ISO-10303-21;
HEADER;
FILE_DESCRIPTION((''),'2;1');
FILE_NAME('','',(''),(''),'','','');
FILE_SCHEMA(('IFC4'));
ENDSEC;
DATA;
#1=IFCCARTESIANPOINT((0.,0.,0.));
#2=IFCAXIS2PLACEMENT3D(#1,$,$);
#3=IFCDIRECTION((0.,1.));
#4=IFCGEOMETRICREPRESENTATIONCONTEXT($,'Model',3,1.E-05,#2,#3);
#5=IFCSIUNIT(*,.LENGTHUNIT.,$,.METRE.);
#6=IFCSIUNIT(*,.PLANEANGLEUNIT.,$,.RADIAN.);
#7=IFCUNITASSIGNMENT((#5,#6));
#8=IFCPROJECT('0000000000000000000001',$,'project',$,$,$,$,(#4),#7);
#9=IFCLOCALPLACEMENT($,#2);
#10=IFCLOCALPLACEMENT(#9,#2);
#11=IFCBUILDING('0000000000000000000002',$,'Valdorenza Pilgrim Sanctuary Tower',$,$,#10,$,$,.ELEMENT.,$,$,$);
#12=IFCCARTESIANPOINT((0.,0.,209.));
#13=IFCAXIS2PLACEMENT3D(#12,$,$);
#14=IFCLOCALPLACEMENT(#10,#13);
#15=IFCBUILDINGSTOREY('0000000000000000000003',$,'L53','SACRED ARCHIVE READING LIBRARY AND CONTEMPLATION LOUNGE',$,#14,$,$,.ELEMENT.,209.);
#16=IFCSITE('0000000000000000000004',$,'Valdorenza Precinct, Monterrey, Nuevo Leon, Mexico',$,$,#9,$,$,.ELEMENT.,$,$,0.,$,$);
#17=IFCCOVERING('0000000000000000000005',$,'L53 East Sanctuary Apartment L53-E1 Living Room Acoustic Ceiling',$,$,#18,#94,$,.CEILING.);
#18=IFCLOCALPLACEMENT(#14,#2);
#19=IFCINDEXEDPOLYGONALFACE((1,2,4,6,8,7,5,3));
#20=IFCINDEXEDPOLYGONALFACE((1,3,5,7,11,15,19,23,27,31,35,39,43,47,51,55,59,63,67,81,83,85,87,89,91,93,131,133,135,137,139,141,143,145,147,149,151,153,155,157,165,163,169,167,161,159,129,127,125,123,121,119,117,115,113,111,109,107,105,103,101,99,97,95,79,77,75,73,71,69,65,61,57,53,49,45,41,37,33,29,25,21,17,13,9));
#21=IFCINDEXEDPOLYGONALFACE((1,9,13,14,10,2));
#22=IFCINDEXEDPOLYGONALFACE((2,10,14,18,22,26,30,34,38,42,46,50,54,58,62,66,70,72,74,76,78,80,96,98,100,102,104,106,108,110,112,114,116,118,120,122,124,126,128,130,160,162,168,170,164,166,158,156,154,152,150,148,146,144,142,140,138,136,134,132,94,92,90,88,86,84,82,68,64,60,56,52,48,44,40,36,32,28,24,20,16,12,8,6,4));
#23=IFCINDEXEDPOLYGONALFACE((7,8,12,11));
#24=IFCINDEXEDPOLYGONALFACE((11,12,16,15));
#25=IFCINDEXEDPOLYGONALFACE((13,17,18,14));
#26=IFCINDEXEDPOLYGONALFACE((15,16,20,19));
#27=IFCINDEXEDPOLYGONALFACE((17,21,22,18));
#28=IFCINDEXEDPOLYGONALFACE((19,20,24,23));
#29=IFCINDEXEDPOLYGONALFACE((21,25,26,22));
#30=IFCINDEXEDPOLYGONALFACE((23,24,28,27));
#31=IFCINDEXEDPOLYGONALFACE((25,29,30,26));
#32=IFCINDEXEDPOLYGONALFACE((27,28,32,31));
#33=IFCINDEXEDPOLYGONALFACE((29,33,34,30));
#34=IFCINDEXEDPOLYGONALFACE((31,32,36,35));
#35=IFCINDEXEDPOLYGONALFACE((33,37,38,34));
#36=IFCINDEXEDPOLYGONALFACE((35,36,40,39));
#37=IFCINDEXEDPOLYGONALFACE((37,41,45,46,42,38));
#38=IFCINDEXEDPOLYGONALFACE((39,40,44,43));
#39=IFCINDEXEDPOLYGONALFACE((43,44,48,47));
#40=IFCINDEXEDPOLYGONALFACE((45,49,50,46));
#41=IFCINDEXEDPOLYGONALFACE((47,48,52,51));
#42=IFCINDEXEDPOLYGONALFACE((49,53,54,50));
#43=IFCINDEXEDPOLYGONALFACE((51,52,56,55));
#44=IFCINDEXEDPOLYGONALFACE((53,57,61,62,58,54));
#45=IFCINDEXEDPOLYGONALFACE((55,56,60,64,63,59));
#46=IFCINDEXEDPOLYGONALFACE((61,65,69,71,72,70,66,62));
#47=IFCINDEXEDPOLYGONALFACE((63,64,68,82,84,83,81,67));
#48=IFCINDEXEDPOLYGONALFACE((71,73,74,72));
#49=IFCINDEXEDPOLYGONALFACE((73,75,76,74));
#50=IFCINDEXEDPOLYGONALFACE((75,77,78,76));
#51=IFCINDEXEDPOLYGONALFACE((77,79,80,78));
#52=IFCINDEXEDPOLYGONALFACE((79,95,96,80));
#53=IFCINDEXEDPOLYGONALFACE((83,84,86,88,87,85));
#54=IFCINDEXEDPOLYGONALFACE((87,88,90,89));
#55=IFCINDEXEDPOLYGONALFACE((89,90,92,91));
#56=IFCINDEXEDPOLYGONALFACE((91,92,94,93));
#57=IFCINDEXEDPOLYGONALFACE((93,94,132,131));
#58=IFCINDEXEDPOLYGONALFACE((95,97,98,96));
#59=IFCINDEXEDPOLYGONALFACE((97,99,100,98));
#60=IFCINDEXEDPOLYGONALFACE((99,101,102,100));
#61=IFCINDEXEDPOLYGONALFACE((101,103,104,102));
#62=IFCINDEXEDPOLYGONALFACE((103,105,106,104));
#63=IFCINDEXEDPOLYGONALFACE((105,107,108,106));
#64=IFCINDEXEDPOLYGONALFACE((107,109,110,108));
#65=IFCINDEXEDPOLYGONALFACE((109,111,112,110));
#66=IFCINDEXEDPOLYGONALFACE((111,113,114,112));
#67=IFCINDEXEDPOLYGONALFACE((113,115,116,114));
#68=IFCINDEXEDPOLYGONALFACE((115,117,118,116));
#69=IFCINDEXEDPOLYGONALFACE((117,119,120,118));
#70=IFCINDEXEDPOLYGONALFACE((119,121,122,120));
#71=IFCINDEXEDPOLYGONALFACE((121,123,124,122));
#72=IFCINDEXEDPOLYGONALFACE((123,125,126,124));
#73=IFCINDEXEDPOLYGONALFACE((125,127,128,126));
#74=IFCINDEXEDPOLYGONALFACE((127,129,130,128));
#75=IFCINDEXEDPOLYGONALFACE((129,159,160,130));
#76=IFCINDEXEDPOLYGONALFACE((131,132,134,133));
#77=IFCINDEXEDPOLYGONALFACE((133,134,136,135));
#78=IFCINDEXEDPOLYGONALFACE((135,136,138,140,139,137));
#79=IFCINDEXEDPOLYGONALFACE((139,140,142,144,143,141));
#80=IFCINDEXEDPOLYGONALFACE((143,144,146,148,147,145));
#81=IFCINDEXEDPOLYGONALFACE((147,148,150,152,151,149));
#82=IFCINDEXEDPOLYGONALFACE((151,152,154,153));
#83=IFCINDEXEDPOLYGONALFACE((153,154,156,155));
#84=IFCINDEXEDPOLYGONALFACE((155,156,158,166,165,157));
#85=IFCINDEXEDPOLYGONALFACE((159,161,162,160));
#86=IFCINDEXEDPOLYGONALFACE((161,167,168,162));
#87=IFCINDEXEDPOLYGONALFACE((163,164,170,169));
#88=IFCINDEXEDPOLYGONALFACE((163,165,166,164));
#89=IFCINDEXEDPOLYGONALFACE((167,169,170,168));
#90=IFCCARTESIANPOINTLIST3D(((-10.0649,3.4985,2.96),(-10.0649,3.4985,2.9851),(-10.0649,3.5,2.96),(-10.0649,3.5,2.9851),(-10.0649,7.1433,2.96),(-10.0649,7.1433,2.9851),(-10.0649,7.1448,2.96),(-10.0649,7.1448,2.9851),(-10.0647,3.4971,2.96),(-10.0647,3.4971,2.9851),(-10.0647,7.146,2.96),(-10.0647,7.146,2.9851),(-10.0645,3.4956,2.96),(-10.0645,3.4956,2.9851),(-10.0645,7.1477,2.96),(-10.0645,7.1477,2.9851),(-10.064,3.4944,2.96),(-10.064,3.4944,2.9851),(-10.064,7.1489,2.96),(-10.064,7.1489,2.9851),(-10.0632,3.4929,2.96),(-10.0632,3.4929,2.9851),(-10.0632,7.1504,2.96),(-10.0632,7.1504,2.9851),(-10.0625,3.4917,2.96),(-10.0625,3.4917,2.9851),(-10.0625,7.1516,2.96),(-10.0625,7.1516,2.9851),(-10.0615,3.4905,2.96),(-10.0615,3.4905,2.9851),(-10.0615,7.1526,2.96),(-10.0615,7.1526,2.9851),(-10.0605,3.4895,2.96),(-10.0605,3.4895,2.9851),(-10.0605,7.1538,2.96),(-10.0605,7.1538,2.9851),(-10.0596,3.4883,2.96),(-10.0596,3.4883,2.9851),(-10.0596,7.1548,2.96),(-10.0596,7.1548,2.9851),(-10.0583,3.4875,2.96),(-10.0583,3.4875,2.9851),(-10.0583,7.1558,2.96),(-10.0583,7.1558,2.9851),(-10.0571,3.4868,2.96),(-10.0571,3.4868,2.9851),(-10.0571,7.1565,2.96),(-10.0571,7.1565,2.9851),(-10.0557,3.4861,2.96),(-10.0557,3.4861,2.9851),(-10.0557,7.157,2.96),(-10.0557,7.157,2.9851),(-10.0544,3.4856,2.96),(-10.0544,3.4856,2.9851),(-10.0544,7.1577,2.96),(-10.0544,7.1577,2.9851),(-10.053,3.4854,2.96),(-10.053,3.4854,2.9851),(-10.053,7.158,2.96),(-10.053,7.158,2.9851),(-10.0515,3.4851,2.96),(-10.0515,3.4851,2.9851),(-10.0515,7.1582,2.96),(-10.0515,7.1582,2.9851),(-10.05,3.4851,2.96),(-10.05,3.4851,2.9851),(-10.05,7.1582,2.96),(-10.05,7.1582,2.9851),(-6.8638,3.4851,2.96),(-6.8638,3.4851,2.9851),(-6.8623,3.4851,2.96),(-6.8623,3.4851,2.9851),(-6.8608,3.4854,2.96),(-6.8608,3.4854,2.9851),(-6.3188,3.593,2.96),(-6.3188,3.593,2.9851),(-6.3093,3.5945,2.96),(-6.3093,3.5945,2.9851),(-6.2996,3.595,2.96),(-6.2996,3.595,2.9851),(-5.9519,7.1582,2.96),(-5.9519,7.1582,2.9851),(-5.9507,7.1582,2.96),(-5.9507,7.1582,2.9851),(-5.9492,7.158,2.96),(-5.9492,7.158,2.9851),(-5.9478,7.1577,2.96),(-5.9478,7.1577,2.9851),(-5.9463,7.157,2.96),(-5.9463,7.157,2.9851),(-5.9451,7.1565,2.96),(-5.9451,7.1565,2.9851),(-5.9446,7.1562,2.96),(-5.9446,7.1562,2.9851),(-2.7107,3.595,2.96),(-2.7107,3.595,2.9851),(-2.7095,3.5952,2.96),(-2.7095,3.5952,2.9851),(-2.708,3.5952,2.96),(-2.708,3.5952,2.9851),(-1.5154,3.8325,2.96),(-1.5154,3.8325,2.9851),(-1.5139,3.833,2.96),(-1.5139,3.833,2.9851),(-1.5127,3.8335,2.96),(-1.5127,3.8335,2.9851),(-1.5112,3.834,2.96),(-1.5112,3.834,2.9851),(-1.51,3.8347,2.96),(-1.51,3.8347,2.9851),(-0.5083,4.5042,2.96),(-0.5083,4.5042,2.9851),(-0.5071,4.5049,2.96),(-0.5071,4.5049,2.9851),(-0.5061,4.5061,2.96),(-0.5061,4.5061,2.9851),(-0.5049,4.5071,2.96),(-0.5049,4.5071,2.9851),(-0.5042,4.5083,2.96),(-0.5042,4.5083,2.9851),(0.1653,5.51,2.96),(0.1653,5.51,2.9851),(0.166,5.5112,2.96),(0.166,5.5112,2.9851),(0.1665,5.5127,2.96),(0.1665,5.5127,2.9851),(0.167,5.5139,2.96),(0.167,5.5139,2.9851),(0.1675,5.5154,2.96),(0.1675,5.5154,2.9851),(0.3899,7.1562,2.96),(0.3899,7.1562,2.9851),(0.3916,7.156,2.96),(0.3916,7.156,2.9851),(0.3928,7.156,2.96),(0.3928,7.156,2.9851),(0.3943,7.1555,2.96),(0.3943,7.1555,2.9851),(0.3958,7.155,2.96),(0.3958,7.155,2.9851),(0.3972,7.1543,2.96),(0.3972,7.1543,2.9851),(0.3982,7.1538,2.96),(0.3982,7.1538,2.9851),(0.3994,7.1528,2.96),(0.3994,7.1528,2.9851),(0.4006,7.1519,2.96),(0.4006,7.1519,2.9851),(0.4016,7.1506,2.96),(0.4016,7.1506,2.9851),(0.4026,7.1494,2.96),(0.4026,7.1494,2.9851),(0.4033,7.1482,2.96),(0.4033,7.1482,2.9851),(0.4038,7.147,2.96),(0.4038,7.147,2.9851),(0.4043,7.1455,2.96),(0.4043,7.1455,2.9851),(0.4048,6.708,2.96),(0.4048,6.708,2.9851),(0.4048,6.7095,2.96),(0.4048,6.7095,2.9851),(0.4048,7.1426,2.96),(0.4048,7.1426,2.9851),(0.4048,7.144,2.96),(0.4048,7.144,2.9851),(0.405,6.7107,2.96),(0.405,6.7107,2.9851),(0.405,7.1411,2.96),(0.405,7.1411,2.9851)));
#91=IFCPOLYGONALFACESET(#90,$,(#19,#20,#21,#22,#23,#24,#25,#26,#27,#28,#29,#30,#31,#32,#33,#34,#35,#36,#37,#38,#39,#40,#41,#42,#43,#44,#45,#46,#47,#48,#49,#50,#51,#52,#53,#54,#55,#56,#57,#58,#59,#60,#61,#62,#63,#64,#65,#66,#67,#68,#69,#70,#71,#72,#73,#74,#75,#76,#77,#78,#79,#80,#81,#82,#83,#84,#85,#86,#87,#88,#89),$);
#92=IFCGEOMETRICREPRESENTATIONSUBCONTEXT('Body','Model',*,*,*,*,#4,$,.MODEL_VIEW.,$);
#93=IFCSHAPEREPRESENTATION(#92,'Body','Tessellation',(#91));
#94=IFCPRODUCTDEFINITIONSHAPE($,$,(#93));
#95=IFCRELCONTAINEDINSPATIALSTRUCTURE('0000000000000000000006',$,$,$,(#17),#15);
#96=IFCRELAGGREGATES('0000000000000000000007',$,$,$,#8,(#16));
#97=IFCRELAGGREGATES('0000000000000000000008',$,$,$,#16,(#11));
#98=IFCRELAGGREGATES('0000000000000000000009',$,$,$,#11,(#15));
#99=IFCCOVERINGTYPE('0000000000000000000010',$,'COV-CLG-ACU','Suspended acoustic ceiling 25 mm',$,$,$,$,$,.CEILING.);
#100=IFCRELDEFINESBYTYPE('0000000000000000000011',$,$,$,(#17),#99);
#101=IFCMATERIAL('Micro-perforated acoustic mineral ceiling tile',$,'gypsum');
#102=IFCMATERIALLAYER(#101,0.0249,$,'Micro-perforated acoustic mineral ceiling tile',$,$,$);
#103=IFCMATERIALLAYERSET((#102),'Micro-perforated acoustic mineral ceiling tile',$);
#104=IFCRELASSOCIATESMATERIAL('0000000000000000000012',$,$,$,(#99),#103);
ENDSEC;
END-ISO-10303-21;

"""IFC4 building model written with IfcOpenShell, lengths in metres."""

from ifc_helpers import new_model, si_unit, direction, frame, origin, place, context, subcontext, project, spatial, polyline, outline, extrude, material, layer, layer_set, type_object, element, save


model = new_model("IFC4")

# Units and contexts
model_context = context("Model", 3, precision=1e-05, world=origin(), true_north=direction((0.0, 1.0)))
body_context = subcontext(model_context, "Body", "Model", "MODEL_VIEW")
ifc_project = project(units=[si_unit("LENGTHUNIT", "METRE"), si_unit("PLANEANGLEUNIT", "RADIAN")], contexts=[model_context])

# Site, building, storey
site_placement = place(None, origin())
site = spatial("IfcSite", under=ifc_project, at=site_placement, Name="Valdorenza Precinct, Monterrey, Nuevo Leon, Mexico", CompositionType="ELEMENT", RefElevation=0.0)
building_placement = place(site_placement, origin())
building = spatial("IfcBuilding", under=site, at=building_placement, Name="Valdorenza Pilgrim Sanctuary Tower", CompositionType="ELEMENT")
storey_placement = place(building_placement, frame((0.0, 0.0, 209.0)))
storey = spatial("IfcBuildingStorey", under=building, at=storey_placement, Name="L53", Description="SACRED ARCHIVE READING LIBRARY AND CONTEMPLATION LOUNGE", CompositionType="ELEMENT", Elevation=209.0)

# Covering
ifc_material_1 = material(Name="Micro-perforated acoustic mineral ceiling tile", Category="gypsum")
ifc_layer_1 = layer(ifc_material_1, 0.0249, Name="Micro-perforated acoustic mineral ceiling tile")
ifc_layer_set_1 = layer_set([ifc_layer_1], Name="Micro-perforated acoustic mineral ceiling tile")
covering_type = type_object("IfcCoveringType", Name="COV-CLG-ACU", Description="Suspended acoustic ceiling 25 mm", PredefinedType="CEILING", material=ifc_layer_set_1)
covering_placement = place(storey_placement, frame((0.0, 0.0, 2.96)))
element("IfcCovering", 1, at=covering_placement, inside=storey, type_object=covering_type, Name="L53 East Sanctuary Apartment L53-E1 Living Room Acoustic Ceiling", PredefinedType="CEILING", context=body_context, shape_type="SweptSolid", body=[
    extrude(outline(polyline([(-10.0649, 7.1433), (-10.0649, 7.1448), (-10.0647, 7.146), (-10.0645, 7.1477), (-10.064, 7.1489), (-10.0632, 7.1504), (-10.0625, 7.1516), (-10.0615, 7.1526), (-10.0605, 7.1538), (-10.0596, 7.1548), (-10.0583, 7.1558), (-10.0571, 7.1565), (-10.0557, 7.157), (-10.0544, 7.1577), (-10.053, 7.158), (-10.0515, 7.1582), (-10.05, 7.1582), (-5.9519, 7.1582), (-5.9507, 7.1582), (-5.9492, 7.158), (-5.9478, 7.1577), (-5.9463, 7.157), (-5.9451, 7.1565), (-5.9446, 7.1562), (0.3899, 7.1562), (0.3916, 7.156), (0.3928, 7.156), (0.3943, 7.1555), (0.3958, 7.155), (0.3972, 7.1543), (0.3982, 7.1538), (0.3994, 7.1528), (0.4006, 7.1519), (0.4016, 7.1506), (0.4026, 7.1494), (0.4033, 7.1482), (0.4038, 7.147), (0.4043, 7.1455), (0.4048, 7.144), (0.4048, 7.1426), (0.405, 7.1411), (0.405, 6.7107), (0.4048, 6.7095), (0.4048, 6.708), (0.1675, 5.5154), (0.167, 5.5139), (0.1665, 5.5127), (0.166, 5.5112), (0.1653, 5.51), (-0.5042, 4.5083), (-0.5049, 4.5071), (-0.5061, 4.5061), (-0.5071, 4.5049), (-0.5083, 4.5042), (-1.51, 3.8347), (-1.5112, 3.834), (-1.5127, 3.8335), (-1.5139, 3.833), (-1.5154, 3.8325), (-2.708, 3.5952), (-2.7095, 3.5952), (-2.7107, 3.595), (-6.2996, 3.595), (-6.3093, 3.5945), (-6.3188, 3.593), (-6.8608, 3.4854), (-6.8623, 3.4851), (-6.8638, 3.4851), (-10.05, 3.4851), (-10.0515, 3.4851), (-10.053, 3.4854), (-10.0544, 3.4856), (-10.0557, 3.4861), (-10.0571, 3.4868), (-10.0583, 3.4875), (-10.0596, 3.4883), (-10.0605, 3.4895), (-10.0615, 3.4905), (-10.0625, 3.4917), (-10.0632, 3.4929), (-10.064, 3.4944), (-10.0645, 3.4956), (-10.0647, 3.4971), (-10.0649, 3.4985), (-10.0649, 3.5), (-10.0649, 7.1433)])), origin(), (0.0, 0.0, 1.0), 0.0251),
])

save(model, "model.ifc")
